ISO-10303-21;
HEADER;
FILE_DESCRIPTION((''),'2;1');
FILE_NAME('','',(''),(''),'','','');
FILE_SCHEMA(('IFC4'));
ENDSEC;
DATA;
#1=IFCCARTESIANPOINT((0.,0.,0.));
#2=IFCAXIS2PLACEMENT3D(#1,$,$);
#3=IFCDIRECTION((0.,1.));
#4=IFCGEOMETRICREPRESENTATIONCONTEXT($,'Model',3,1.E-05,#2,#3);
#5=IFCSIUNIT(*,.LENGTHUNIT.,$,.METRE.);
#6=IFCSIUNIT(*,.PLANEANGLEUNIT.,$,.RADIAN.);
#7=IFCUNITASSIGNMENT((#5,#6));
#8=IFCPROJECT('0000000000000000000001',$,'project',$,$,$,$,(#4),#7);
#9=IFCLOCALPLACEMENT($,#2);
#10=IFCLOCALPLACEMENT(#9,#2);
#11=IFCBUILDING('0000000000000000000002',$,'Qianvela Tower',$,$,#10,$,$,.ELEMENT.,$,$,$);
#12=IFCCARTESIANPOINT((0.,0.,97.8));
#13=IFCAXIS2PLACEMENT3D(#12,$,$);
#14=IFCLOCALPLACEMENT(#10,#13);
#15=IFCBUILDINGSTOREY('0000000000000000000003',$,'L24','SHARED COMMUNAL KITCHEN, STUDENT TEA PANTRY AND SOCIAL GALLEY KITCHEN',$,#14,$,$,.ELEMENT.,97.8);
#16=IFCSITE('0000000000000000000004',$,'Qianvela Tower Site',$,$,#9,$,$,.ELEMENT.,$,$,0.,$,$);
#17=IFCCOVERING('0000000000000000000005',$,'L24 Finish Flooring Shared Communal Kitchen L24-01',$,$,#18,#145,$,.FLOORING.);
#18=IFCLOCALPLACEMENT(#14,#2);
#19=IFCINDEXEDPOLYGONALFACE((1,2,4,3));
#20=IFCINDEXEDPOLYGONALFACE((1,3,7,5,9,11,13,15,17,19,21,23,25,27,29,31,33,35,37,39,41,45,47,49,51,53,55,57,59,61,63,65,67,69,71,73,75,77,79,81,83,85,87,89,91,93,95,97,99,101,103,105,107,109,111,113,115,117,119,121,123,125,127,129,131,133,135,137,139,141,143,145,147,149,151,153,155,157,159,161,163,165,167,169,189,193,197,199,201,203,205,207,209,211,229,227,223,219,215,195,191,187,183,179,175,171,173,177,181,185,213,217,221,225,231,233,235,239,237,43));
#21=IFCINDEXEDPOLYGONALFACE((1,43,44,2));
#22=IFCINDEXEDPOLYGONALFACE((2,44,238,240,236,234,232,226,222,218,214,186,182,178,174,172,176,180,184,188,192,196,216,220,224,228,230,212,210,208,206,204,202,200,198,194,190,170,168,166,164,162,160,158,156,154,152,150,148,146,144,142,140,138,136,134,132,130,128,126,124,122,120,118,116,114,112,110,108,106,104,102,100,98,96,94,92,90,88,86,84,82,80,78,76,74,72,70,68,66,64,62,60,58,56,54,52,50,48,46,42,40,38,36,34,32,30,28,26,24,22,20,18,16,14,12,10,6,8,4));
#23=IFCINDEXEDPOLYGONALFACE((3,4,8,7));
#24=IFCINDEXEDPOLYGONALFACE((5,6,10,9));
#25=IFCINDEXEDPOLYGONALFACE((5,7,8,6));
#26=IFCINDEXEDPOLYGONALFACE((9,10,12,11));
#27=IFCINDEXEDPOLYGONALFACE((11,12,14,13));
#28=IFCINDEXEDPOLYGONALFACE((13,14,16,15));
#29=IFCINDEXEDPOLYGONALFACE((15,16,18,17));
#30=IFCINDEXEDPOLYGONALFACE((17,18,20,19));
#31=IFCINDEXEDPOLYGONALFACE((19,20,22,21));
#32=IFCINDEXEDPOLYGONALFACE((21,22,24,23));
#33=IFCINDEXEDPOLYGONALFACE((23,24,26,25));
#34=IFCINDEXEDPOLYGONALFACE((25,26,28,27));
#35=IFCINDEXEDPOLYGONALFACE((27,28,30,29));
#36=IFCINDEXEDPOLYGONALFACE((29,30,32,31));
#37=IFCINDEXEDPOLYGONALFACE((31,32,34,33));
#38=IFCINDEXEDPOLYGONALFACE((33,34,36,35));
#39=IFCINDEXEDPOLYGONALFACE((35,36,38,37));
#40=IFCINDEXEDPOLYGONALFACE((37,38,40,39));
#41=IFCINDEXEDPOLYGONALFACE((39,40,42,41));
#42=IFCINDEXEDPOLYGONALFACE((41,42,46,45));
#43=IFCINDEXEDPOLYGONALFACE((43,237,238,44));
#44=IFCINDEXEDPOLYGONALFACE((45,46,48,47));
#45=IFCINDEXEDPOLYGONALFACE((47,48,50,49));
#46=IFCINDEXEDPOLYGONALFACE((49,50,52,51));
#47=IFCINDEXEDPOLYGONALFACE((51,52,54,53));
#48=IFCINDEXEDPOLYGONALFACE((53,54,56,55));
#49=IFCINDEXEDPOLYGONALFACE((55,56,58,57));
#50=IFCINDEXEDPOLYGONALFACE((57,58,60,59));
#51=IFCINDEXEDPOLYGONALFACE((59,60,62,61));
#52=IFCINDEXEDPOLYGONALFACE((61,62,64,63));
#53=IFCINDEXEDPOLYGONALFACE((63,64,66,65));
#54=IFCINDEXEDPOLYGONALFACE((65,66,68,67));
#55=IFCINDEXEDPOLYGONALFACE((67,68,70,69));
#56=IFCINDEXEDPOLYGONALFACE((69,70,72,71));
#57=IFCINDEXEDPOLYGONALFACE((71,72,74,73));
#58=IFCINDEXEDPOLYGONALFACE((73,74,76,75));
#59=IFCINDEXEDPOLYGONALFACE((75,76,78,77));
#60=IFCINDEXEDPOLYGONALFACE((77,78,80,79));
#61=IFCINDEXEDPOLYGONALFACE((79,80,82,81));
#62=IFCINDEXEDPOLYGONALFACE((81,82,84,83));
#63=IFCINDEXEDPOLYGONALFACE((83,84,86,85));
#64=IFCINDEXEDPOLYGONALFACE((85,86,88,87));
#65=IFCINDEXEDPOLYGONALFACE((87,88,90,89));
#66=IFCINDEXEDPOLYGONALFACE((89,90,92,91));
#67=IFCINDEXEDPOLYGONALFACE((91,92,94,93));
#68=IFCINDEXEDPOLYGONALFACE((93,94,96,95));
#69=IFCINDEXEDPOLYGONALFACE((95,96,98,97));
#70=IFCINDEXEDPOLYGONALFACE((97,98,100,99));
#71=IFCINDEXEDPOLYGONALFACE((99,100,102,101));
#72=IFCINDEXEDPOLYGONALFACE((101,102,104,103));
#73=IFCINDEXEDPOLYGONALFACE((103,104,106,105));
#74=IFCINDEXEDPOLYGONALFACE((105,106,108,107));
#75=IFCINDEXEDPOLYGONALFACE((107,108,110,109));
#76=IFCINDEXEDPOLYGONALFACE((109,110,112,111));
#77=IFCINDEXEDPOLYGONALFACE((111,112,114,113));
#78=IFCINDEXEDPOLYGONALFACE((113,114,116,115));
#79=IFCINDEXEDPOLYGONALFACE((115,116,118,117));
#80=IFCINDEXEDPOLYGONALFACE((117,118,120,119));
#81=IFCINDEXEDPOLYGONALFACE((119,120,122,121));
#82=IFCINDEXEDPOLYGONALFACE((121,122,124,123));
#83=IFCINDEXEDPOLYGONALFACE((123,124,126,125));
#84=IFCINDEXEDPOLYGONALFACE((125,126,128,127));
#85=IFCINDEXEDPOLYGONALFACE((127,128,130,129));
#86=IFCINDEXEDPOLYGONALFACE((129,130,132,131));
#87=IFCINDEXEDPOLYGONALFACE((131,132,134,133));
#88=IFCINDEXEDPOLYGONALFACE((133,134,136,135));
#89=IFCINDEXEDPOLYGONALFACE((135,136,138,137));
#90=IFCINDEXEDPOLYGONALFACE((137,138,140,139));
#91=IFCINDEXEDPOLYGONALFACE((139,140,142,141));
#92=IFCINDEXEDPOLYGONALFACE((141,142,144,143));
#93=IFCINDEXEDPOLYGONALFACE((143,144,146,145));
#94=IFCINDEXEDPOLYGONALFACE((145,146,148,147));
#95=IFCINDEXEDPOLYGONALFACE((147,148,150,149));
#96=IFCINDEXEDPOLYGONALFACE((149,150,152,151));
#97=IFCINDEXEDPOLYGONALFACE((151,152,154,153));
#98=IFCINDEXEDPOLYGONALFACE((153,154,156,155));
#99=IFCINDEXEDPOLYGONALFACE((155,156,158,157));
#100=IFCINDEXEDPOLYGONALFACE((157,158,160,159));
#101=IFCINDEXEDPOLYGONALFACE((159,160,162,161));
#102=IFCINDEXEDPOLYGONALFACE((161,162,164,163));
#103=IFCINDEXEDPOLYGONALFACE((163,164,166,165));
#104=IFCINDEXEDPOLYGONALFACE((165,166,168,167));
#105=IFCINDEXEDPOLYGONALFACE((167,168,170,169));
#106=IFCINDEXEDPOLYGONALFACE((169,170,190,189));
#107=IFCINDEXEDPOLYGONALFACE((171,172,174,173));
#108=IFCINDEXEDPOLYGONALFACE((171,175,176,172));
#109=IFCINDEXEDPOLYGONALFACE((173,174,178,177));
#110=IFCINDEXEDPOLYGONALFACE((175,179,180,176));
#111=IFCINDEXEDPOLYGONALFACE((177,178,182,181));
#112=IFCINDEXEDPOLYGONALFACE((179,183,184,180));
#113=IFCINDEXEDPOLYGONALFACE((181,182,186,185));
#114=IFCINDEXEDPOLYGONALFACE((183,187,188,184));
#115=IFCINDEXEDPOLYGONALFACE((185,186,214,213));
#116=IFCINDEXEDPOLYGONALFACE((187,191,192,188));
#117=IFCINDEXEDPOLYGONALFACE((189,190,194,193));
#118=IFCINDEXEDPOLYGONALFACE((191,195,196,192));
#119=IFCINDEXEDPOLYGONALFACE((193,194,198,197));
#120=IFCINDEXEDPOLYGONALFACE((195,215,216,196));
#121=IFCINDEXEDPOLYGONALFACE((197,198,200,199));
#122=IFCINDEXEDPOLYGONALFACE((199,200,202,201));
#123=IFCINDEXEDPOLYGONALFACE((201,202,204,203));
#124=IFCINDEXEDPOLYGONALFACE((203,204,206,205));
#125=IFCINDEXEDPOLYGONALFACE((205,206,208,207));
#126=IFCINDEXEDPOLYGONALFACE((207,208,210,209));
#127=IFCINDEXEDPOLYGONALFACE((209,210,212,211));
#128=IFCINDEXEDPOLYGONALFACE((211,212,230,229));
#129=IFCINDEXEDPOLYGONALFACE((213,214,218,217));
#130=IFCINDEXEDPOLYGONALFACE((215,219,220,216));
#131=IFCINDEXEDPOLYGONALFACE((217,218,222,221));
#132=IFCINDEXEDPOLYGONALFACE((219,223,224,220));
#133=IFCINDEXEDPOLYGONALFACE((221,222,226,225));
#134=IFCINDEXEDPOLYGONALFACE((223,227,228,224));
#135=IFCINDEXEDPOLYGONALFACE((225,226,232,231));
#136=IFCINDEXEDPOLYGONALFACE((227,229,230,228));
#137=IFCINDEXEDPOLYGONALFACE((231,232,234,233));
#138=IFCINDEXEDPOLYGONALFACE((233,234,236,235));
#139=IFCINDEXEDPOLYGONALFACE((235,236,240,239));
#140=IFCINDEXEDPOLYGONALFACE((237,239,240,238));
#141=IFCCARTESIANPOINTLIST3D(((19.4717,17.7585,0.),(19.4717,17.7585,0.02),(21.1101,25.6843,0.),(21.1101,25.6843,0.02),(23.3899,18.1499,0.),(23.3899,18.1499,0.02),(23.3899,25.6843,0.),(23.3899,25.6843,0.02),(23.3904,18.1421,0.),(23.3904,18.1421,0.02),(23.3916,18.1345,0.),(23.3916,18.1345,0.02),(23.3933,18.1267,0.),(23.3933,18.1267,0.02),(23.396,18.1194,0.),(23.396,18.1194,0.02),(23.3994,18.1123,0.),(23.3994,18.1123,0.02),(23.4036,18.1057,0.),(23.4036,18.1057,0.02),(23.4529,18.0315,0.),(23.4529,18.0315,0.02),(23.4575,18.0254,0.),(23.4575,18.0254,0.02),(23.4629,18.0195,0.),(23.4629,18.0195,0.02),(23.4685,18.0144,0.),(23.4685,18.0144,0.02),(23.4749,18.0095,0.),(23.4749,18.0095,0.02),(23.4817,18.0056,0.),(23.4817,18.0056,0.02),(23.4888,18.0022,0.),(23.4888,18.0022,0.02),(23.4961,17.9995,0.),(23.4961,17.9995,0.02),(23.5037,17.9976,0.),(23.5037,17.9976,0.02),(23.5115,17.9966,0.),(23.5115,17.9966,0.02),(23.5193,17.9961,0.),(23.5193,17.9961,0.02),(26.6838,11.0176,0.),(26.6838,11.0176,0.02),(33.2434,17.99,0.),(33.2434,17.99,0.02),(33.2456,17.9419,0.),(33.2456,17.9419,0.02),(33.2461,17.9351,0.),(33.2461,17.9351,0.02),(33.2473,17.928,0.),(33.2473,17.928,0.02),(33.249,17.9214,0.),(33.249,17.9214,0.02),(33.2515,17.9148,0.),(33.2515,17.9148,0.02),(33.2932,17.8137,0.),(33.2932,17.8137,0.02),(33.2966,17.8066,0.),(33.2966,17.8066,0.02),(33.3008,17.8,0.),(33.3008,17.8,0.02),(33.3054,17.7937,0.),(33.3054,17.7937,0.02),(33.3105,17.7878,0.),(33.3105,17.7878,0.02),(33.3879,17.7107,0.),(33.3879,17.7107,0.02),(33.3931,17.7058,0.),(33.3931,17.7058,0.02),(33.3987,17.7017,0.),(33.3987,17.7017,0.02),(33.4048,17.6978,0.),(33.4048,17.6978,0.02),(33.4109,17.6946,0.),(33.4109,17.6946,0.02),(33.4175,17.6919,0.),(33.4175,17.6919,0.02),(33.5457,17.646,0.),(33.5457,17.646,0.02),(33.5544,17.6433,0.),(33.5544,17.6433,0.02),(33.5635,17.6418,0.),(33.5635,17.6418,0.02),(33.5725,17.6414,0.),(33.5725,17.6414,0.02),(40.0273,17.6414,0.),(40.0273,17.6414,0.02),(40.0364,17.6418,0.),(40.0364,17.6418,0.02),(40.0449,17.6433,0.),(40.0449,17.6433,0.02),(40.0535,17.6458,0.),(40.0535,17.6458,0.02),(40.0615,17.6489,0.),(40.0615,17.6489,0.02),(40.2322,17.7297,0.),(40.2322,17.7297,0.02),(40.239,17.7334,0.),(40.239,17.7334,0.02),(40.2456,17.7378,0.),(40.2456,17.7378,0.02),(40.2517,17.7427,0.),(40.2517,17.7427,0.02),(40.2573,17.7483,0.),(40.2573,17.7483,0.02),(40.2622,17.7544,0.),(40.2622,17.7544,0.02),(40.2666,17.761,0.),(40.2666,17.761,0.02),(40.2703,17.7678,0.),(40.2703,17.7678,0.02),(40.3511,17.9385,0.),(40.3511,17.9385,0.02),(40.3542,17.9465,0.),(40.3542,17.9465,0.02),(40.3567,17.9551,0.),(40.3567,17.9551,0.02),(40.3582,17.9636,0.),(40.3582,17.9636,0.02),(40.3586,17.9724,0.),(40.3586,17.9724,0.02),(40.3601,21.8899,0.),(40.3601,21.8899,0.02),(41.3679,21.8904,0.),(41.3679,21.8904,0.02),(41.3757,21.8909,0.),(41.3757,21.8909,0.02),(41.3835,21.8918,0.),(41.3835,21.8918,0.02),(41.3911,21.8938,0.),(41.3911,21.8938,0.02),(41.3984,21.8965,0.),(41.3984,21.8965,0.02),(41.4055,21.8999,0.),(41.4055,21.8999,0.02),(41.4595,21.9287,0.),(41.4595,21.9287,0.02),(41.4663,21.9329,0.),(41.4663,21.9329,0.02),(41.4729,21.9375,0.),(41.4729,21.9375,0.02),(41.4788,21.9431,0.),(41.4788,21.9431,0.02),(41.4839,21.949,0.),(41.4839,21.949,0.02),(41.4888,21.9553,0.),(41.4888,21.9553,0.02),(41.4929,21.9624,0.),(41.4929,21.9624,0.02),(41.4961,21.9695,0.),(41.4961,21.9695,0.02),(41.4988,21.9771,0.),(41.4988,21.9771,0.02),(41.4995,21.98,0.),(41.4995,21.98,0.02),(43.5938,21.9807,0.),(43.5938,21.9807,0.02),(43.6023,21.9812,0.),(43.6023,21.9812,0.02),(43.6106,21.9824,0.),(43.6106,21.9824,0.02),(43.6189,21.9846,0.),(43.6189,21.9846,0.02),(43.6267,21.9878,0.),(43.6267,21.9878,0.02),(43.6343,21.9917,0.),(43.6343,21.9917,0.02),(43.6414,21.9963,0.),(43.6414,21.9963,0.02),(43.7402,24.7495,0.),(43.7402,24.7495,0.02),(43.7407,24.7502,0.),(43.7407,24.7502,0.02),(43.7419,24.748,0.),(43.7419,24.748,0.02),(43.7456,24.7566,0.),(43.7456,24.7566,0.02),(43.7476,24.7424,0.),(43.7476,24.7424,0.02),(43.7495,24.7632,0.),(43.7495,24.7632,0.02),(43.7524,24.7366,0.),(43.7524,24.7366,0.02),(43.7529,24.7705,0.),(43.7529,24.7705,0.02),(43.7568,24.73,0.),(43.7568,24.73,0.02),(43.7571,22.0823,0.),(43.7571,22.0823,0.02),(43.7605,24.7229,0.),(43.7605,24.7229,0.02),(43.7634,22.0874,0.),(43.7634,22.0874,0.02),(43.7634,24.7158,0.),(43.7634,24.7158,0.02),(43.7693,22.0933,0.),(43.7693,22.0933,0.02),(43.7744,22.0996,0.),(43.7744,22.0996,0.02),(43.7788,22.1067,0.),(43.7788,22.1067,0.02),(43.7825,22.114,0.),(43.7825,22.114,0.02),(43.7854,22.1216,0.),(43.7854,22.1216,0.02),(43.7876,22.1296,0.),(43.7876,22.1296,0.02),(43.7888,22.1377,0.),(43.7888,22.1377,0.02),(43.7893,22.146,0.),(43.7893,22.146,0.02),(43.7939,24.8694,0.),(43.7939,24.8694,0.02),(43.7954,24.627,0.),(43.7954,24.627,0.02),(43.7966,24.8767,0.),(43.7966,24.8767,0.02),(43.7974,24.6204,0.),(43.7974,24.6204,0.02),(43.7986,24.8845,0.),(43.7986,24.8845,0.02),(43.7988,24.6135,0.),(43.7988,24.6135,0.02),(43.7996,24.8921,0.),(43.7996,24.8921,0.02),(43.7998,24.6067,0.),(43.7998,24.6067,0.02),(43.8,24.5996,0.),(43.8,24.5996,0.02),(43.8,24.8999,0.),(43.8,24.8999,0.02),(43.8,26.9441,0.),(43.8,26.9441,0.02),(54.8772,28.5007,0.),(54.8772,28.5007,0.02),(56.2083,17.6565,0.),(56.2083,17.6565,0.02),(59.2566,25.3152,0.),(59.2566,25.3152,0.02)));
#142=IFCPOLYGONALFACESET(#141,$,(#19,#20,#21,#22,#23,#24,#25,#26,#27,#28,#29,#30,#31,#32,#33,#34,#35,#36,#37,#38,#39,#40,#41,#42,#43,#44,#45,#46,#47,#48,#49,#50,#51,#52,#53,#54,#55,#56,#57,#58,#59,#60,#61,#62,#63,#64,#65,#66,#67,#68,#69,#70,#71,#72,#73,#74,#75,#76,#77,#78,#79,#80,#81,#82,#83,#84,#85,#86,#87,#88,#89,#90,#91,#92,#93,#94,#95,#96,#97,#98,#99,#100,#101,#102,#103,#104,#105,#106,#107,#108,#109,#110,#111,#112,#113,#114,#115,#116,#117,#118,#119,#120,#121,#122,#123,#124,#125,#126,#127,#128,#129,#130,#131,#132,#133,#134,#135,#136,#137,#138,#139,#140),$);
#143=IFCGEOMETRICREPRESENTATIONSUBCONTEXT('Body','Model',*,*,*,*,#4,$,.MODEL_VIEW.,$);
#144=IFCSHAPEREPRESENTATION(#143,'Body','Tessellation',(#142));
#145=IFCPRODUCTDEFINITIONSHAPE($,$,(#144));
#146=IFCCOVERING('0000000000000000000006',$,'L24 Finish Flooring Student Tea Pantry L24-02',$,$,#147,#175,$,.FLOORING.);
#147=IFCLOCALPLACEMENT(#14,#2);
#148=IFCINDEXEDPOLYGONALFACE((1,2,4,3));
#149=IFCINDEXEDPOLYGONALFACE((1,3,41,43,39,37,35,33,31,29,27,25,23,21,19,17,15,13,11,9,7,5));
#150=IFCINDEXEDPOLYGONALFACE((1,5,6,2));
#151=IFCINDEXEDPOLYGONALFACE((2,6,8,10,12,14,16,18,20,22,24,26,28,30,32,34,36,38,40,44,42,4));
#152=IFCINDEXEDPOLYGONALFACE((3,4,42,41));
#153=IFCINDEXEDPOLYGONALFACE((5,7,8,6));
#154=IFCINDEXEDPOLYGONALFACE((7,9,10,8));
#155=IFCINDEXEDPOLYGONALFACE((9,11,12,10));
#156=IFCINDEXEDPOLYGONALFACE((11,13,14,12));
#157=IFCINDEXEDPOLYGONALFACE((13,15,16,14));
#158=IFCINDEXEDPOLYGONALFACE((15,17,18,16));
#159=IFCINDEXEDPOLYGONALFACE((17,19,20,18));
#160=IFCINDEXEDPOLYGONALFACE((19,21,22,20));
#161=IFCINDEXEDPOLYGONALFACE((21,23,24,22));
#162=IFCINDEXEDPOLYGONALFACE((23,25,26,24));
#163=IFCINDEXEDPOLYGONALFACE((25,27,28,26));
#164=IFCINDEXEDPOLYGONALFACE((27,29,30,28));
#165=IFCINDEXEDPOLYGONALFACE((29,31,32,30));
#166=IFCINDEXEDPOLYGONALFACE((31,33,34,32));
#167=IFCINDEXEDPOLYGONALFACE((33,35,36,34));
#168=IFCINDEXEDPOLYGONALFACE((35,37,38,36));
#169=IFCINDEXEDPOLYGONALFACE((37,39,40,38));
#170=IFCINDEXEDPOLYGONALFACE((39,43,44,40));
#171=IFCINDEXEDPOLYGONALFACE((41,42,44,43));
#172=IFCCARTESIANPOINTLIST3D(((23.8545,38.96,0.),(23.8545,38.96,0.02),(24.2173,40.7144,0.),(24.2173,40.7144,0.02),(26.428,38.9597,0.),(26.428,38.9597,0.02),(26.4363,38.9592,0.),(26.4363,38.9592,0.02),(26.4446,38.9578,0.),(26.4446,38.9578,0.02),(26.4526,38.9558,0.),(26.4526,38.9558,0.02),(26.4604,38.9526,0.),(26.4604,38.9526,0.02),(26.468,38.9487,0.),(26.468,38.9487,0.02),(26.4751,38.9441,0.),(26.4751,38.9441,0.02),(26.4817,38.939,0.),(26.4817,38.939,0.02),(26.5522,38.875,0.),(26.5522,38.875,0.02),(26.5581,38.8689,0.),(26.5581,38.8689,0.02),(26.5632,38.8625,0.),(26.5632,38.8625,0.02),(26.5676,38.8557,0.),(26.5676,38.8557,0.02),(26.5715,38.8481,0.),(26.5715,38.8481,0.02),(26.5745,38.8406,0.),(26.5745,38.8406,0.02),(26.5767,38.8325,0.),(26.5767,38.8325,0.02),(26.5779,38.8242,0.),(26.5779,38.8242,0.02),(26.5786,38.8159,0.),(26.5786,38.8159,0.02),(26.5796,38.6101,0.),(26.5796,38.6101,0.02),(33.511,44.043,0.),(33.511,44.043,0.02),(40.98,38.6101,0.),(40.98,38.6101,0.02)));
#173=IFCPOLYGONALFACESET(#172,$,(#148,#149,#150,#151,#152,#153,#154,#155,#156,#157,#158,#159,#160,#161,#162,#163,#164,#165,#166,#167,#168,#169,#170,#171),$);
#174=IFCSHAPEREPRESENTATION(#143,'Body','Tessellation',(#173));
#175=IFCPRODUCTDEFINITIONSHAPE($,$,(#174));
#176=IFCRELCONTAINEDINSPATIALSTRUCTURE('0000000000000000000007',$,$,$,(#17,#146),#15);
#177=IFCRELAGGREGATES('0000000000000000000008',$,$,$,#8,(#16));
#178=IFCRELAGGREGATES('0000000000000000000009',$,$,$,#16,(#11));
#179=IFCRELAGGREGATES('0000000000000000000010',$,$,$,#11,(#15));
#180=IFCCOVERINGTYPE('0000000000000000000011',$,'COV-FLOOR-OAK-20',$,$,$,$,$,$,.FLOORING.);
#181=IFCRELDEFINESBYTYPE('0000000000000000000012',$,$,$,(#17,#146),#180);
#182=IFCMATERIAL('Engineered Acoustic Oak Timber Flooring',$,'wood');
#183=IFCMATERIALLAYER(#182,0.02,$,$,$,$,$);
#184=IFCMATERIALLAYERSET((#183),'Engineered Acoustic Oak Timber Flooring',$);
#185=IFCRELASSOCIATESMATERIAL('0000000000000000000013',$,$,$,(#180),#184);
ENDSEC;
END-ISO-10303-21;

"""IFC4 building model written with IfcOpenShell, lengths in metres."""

from ifc_helpers import new_model, si_unit, direction, frame, origin, place, context, subcontext, project, spatial, polyline, outline, extrude, material, layer, layer_set, type_object, element, save


model = new_model("IFC4")

# Units and contexts
model_context = context("Model", 3, precision=1e-05, world=origin(), true_north=direction((0.0, 1.0)))
body_context = subcontext(model_context, "Body", "Model", "MODEL_VIEW")
ifc_project = project(units=[si_unit("LENGTHUNIT", "METRE"), si_unit("PLANEANGLEUNIT", "RADIAN")], contexts=[model_context])

# Site, building, storey
site_placement = place(None, origin())
site = spatial("IfcSite", under=ifc_project, at=site_placement, Name="Qianvela Tower Site", CompositionType="ELEMENT", RefElevation=0.0)
building_placement = place(site_placement, origin())
building = spatial("IfcBuilding", under=site, at=building_placement, Name="Qianvela Tower", CompositionType="ELEMENT")
storey_placement = place(building_placement, frame((0.0, 0.0, 97.8)))
storey = spatial("IfcBuildingStorey", under=building, at=storey_placement, Name="L24", Description="SHARED COMMUNAL KITCHEN, STUDENT TEA PANTRY AND SOCIAL GALLEY KITCHEN", CompositionType="ELEMENT", Elevation=97.8)

# Coverings
ifc_material_1 = material(Name="Engineered Acoustic Oak Timber Flooring", Category="wood")
ifc_layer_1 = layer(ifc_material_1, 0.02)
ifc_layer_set_1 = layer_set([ifc_layer_1], Name="Engineered Acoustic Oak Timber Flooring")
covering_type_1 = type_object("IfcCoveringType", Name="COV-FLOOR-OAK-20", PredefinedType="FLOORING", material=ifc_layer_set_1)
covering_1_placement = place(storey_placement, origin())
element("IfcCovering", 1, at=covering_1_placement, inside=storey, type_object=covering_type_1, Name="L24 Finish Flooring Shared Communal Kitchen L24-01", PredefinedType="FLOORING", context=body_context, shape_type="SweptSolid", body=[
    extrude(outline(polyline([(43.7402, 24.7495), (43.7407, 24.7502), (43.7456, 24.7566), (43.7495, 24.7632), (43.7529, 24.7705), (43.7939, 24.8694), (43.7966, 24.8767), (43.7986, 24.8845), (43.7996, 24.8921), (43.8, 24.8999), (43.8, 26.9441), (54.8772, 28.5007), (59.2566, 25.3152), (56.2083, 17.6565), (26.6838, 11.0176), (19.4717, 17.7585), (21.1101, 25.6843), (23.3899, 25.6843), (23.3899, 18.1499), (23.3904, 18.1421), (23.3916, 18.1345), (23.3933, 18.1267), (23.396, 18.1194), (23.3994, 18.1123), (23.4036, 18.1057), (23.4529, 18.0315), (23.4575, 18.0254), (23.4629, 18.0195), (23.4685, 18.0144), (23.4749, 18.0095), (23.4817, 18.0056), (23.4888, 18.0022), (23.4961, 17.9995), (23.5037, 17.9976), (23.5115, 17.9966), (23.5193, 17.9961), (33.2434, 17.99), (33.2456, 17.9419), (33.2461, 17.9351), (33.2473, 17.928), (33.249, 17.9214), (33.2515, 17.9148), (33.2932, 17.8137), (33.2966, 17.8066), (33.3008, 17.8), (33.3054, 17.7937), (33.3105, 17.7878), (33.3879, 17.7107), (33.3931, 17.7058), (33.3987, 17.7017), (33.4048, 17.6978), (33.4109, 17.6946), (33.4175, 17.6919), (33.5457, 17.646), (33.5544, 17.6433), (33.5635, 17.6418), (33.5725, 17.6414), (40.0273, 17.6414), (40.0364, 17.6418), (40.0449, 17.6433), (40.0535, 17.6458), (40.0615, 17.6489), (40.2322, 17.7297), (40.239, 17.7334), (40.2456, 17.7378), (40.2517, 17.7427), (40.2573, 17.7483), (40.2622, 17.7544), (40.2666, 17.761), (40.2703, 17.7678), (40.3511, 17.9385), (40.3542, 17.9465), (40.3567, 17.9551), (40.3582, 17.9636), (40.3586, 17.9724), (40.3601, 21.8899), (41.3679, 21.8904), (41.3757, 21.8909), (41.3835, 21.8918), (41.3911, 21.8938), (41.3984, 21.8965), (41.4055, 21.8999), (41.4595, 21.9287), (41.4663, 21.9329), (41.4729, 21.9375), (41.4788, 21.9431), (41.4839, 21.949), (41.4888, 21.9553), (41.4929, 21.9624), (41.4961, 21.9695), (41.4988, 21.9771), (41.4995, 21.98), (43.5938, 21.9807), (43.6023, 21.9812), (43.6106, 21.9824), (43.6189, 21.9846), (43.6267, 21.9878), (43.6343, 21.9917), (43.6414, 21.9963), (43.7571, 22.0823), (43.7634, 22.0874), (43.7693, 22.0933), (43.7744, 22.0996), (43.7788, 22.1067), (43.7825, 22.114), (43.7854, 22.1216), (43.7876, 22.1296), (43.7888, 22.1377), (43.7893, 22.146), (43.8, 24.5996), (43.7998, 24.6067), (43.7988, 24.6135), (43.7974, 24.6204), (43.7954, 24.627), (43.7634, 24.7158), (43.7605, 24.7229), (43.7568, 24.73), (43.7524, 24.7366), (43.7476, 24.7424), (43.7419, 24.748), (43.7402, 24.7495)])), origin(), (0.0, 0.0, 1.0), 0.02),
])
covering_2_placement = place(storey_placement, origin())
element("IfcCovering", 2, at=covering_2_placement, inside=storey, type_object=covering_type_1, Name="L24 Finish Flooring Student Tea Pantry L24-02", PredefinedType="FLOORING", context=body_context, shape_type="SweptSolid", body=[
    extrude(outline(polyline([(26.5786, 38.8159), (26.5779, 38.8242), (26.5767, 38.8325), (26.5745, 38.8406), (26.5715, 38.8481), (26.5676, 38.8557), (26.5632, 38.8625), (26.5581, 38.8689), (26.5522, 38.875), (26.4817, 38.939), (26.4751, 38.9441), (26.468, 38.9487), (26.4604, 38.9526), (26.4526, 38.9558), (26.4446, 38.9578), (26.4363, 38.9592), (26.428, 38.9597), (23.8545, 38.96), (24.2173, 40.7144), (33.511, 44.043), (40.98, 38.6101), (26.5796, 38.6101), (26.5786, 38.8159)])), origin(), (0.0, 0.0, 1.0), 0.02),
])

save(model, "model.ifc")
